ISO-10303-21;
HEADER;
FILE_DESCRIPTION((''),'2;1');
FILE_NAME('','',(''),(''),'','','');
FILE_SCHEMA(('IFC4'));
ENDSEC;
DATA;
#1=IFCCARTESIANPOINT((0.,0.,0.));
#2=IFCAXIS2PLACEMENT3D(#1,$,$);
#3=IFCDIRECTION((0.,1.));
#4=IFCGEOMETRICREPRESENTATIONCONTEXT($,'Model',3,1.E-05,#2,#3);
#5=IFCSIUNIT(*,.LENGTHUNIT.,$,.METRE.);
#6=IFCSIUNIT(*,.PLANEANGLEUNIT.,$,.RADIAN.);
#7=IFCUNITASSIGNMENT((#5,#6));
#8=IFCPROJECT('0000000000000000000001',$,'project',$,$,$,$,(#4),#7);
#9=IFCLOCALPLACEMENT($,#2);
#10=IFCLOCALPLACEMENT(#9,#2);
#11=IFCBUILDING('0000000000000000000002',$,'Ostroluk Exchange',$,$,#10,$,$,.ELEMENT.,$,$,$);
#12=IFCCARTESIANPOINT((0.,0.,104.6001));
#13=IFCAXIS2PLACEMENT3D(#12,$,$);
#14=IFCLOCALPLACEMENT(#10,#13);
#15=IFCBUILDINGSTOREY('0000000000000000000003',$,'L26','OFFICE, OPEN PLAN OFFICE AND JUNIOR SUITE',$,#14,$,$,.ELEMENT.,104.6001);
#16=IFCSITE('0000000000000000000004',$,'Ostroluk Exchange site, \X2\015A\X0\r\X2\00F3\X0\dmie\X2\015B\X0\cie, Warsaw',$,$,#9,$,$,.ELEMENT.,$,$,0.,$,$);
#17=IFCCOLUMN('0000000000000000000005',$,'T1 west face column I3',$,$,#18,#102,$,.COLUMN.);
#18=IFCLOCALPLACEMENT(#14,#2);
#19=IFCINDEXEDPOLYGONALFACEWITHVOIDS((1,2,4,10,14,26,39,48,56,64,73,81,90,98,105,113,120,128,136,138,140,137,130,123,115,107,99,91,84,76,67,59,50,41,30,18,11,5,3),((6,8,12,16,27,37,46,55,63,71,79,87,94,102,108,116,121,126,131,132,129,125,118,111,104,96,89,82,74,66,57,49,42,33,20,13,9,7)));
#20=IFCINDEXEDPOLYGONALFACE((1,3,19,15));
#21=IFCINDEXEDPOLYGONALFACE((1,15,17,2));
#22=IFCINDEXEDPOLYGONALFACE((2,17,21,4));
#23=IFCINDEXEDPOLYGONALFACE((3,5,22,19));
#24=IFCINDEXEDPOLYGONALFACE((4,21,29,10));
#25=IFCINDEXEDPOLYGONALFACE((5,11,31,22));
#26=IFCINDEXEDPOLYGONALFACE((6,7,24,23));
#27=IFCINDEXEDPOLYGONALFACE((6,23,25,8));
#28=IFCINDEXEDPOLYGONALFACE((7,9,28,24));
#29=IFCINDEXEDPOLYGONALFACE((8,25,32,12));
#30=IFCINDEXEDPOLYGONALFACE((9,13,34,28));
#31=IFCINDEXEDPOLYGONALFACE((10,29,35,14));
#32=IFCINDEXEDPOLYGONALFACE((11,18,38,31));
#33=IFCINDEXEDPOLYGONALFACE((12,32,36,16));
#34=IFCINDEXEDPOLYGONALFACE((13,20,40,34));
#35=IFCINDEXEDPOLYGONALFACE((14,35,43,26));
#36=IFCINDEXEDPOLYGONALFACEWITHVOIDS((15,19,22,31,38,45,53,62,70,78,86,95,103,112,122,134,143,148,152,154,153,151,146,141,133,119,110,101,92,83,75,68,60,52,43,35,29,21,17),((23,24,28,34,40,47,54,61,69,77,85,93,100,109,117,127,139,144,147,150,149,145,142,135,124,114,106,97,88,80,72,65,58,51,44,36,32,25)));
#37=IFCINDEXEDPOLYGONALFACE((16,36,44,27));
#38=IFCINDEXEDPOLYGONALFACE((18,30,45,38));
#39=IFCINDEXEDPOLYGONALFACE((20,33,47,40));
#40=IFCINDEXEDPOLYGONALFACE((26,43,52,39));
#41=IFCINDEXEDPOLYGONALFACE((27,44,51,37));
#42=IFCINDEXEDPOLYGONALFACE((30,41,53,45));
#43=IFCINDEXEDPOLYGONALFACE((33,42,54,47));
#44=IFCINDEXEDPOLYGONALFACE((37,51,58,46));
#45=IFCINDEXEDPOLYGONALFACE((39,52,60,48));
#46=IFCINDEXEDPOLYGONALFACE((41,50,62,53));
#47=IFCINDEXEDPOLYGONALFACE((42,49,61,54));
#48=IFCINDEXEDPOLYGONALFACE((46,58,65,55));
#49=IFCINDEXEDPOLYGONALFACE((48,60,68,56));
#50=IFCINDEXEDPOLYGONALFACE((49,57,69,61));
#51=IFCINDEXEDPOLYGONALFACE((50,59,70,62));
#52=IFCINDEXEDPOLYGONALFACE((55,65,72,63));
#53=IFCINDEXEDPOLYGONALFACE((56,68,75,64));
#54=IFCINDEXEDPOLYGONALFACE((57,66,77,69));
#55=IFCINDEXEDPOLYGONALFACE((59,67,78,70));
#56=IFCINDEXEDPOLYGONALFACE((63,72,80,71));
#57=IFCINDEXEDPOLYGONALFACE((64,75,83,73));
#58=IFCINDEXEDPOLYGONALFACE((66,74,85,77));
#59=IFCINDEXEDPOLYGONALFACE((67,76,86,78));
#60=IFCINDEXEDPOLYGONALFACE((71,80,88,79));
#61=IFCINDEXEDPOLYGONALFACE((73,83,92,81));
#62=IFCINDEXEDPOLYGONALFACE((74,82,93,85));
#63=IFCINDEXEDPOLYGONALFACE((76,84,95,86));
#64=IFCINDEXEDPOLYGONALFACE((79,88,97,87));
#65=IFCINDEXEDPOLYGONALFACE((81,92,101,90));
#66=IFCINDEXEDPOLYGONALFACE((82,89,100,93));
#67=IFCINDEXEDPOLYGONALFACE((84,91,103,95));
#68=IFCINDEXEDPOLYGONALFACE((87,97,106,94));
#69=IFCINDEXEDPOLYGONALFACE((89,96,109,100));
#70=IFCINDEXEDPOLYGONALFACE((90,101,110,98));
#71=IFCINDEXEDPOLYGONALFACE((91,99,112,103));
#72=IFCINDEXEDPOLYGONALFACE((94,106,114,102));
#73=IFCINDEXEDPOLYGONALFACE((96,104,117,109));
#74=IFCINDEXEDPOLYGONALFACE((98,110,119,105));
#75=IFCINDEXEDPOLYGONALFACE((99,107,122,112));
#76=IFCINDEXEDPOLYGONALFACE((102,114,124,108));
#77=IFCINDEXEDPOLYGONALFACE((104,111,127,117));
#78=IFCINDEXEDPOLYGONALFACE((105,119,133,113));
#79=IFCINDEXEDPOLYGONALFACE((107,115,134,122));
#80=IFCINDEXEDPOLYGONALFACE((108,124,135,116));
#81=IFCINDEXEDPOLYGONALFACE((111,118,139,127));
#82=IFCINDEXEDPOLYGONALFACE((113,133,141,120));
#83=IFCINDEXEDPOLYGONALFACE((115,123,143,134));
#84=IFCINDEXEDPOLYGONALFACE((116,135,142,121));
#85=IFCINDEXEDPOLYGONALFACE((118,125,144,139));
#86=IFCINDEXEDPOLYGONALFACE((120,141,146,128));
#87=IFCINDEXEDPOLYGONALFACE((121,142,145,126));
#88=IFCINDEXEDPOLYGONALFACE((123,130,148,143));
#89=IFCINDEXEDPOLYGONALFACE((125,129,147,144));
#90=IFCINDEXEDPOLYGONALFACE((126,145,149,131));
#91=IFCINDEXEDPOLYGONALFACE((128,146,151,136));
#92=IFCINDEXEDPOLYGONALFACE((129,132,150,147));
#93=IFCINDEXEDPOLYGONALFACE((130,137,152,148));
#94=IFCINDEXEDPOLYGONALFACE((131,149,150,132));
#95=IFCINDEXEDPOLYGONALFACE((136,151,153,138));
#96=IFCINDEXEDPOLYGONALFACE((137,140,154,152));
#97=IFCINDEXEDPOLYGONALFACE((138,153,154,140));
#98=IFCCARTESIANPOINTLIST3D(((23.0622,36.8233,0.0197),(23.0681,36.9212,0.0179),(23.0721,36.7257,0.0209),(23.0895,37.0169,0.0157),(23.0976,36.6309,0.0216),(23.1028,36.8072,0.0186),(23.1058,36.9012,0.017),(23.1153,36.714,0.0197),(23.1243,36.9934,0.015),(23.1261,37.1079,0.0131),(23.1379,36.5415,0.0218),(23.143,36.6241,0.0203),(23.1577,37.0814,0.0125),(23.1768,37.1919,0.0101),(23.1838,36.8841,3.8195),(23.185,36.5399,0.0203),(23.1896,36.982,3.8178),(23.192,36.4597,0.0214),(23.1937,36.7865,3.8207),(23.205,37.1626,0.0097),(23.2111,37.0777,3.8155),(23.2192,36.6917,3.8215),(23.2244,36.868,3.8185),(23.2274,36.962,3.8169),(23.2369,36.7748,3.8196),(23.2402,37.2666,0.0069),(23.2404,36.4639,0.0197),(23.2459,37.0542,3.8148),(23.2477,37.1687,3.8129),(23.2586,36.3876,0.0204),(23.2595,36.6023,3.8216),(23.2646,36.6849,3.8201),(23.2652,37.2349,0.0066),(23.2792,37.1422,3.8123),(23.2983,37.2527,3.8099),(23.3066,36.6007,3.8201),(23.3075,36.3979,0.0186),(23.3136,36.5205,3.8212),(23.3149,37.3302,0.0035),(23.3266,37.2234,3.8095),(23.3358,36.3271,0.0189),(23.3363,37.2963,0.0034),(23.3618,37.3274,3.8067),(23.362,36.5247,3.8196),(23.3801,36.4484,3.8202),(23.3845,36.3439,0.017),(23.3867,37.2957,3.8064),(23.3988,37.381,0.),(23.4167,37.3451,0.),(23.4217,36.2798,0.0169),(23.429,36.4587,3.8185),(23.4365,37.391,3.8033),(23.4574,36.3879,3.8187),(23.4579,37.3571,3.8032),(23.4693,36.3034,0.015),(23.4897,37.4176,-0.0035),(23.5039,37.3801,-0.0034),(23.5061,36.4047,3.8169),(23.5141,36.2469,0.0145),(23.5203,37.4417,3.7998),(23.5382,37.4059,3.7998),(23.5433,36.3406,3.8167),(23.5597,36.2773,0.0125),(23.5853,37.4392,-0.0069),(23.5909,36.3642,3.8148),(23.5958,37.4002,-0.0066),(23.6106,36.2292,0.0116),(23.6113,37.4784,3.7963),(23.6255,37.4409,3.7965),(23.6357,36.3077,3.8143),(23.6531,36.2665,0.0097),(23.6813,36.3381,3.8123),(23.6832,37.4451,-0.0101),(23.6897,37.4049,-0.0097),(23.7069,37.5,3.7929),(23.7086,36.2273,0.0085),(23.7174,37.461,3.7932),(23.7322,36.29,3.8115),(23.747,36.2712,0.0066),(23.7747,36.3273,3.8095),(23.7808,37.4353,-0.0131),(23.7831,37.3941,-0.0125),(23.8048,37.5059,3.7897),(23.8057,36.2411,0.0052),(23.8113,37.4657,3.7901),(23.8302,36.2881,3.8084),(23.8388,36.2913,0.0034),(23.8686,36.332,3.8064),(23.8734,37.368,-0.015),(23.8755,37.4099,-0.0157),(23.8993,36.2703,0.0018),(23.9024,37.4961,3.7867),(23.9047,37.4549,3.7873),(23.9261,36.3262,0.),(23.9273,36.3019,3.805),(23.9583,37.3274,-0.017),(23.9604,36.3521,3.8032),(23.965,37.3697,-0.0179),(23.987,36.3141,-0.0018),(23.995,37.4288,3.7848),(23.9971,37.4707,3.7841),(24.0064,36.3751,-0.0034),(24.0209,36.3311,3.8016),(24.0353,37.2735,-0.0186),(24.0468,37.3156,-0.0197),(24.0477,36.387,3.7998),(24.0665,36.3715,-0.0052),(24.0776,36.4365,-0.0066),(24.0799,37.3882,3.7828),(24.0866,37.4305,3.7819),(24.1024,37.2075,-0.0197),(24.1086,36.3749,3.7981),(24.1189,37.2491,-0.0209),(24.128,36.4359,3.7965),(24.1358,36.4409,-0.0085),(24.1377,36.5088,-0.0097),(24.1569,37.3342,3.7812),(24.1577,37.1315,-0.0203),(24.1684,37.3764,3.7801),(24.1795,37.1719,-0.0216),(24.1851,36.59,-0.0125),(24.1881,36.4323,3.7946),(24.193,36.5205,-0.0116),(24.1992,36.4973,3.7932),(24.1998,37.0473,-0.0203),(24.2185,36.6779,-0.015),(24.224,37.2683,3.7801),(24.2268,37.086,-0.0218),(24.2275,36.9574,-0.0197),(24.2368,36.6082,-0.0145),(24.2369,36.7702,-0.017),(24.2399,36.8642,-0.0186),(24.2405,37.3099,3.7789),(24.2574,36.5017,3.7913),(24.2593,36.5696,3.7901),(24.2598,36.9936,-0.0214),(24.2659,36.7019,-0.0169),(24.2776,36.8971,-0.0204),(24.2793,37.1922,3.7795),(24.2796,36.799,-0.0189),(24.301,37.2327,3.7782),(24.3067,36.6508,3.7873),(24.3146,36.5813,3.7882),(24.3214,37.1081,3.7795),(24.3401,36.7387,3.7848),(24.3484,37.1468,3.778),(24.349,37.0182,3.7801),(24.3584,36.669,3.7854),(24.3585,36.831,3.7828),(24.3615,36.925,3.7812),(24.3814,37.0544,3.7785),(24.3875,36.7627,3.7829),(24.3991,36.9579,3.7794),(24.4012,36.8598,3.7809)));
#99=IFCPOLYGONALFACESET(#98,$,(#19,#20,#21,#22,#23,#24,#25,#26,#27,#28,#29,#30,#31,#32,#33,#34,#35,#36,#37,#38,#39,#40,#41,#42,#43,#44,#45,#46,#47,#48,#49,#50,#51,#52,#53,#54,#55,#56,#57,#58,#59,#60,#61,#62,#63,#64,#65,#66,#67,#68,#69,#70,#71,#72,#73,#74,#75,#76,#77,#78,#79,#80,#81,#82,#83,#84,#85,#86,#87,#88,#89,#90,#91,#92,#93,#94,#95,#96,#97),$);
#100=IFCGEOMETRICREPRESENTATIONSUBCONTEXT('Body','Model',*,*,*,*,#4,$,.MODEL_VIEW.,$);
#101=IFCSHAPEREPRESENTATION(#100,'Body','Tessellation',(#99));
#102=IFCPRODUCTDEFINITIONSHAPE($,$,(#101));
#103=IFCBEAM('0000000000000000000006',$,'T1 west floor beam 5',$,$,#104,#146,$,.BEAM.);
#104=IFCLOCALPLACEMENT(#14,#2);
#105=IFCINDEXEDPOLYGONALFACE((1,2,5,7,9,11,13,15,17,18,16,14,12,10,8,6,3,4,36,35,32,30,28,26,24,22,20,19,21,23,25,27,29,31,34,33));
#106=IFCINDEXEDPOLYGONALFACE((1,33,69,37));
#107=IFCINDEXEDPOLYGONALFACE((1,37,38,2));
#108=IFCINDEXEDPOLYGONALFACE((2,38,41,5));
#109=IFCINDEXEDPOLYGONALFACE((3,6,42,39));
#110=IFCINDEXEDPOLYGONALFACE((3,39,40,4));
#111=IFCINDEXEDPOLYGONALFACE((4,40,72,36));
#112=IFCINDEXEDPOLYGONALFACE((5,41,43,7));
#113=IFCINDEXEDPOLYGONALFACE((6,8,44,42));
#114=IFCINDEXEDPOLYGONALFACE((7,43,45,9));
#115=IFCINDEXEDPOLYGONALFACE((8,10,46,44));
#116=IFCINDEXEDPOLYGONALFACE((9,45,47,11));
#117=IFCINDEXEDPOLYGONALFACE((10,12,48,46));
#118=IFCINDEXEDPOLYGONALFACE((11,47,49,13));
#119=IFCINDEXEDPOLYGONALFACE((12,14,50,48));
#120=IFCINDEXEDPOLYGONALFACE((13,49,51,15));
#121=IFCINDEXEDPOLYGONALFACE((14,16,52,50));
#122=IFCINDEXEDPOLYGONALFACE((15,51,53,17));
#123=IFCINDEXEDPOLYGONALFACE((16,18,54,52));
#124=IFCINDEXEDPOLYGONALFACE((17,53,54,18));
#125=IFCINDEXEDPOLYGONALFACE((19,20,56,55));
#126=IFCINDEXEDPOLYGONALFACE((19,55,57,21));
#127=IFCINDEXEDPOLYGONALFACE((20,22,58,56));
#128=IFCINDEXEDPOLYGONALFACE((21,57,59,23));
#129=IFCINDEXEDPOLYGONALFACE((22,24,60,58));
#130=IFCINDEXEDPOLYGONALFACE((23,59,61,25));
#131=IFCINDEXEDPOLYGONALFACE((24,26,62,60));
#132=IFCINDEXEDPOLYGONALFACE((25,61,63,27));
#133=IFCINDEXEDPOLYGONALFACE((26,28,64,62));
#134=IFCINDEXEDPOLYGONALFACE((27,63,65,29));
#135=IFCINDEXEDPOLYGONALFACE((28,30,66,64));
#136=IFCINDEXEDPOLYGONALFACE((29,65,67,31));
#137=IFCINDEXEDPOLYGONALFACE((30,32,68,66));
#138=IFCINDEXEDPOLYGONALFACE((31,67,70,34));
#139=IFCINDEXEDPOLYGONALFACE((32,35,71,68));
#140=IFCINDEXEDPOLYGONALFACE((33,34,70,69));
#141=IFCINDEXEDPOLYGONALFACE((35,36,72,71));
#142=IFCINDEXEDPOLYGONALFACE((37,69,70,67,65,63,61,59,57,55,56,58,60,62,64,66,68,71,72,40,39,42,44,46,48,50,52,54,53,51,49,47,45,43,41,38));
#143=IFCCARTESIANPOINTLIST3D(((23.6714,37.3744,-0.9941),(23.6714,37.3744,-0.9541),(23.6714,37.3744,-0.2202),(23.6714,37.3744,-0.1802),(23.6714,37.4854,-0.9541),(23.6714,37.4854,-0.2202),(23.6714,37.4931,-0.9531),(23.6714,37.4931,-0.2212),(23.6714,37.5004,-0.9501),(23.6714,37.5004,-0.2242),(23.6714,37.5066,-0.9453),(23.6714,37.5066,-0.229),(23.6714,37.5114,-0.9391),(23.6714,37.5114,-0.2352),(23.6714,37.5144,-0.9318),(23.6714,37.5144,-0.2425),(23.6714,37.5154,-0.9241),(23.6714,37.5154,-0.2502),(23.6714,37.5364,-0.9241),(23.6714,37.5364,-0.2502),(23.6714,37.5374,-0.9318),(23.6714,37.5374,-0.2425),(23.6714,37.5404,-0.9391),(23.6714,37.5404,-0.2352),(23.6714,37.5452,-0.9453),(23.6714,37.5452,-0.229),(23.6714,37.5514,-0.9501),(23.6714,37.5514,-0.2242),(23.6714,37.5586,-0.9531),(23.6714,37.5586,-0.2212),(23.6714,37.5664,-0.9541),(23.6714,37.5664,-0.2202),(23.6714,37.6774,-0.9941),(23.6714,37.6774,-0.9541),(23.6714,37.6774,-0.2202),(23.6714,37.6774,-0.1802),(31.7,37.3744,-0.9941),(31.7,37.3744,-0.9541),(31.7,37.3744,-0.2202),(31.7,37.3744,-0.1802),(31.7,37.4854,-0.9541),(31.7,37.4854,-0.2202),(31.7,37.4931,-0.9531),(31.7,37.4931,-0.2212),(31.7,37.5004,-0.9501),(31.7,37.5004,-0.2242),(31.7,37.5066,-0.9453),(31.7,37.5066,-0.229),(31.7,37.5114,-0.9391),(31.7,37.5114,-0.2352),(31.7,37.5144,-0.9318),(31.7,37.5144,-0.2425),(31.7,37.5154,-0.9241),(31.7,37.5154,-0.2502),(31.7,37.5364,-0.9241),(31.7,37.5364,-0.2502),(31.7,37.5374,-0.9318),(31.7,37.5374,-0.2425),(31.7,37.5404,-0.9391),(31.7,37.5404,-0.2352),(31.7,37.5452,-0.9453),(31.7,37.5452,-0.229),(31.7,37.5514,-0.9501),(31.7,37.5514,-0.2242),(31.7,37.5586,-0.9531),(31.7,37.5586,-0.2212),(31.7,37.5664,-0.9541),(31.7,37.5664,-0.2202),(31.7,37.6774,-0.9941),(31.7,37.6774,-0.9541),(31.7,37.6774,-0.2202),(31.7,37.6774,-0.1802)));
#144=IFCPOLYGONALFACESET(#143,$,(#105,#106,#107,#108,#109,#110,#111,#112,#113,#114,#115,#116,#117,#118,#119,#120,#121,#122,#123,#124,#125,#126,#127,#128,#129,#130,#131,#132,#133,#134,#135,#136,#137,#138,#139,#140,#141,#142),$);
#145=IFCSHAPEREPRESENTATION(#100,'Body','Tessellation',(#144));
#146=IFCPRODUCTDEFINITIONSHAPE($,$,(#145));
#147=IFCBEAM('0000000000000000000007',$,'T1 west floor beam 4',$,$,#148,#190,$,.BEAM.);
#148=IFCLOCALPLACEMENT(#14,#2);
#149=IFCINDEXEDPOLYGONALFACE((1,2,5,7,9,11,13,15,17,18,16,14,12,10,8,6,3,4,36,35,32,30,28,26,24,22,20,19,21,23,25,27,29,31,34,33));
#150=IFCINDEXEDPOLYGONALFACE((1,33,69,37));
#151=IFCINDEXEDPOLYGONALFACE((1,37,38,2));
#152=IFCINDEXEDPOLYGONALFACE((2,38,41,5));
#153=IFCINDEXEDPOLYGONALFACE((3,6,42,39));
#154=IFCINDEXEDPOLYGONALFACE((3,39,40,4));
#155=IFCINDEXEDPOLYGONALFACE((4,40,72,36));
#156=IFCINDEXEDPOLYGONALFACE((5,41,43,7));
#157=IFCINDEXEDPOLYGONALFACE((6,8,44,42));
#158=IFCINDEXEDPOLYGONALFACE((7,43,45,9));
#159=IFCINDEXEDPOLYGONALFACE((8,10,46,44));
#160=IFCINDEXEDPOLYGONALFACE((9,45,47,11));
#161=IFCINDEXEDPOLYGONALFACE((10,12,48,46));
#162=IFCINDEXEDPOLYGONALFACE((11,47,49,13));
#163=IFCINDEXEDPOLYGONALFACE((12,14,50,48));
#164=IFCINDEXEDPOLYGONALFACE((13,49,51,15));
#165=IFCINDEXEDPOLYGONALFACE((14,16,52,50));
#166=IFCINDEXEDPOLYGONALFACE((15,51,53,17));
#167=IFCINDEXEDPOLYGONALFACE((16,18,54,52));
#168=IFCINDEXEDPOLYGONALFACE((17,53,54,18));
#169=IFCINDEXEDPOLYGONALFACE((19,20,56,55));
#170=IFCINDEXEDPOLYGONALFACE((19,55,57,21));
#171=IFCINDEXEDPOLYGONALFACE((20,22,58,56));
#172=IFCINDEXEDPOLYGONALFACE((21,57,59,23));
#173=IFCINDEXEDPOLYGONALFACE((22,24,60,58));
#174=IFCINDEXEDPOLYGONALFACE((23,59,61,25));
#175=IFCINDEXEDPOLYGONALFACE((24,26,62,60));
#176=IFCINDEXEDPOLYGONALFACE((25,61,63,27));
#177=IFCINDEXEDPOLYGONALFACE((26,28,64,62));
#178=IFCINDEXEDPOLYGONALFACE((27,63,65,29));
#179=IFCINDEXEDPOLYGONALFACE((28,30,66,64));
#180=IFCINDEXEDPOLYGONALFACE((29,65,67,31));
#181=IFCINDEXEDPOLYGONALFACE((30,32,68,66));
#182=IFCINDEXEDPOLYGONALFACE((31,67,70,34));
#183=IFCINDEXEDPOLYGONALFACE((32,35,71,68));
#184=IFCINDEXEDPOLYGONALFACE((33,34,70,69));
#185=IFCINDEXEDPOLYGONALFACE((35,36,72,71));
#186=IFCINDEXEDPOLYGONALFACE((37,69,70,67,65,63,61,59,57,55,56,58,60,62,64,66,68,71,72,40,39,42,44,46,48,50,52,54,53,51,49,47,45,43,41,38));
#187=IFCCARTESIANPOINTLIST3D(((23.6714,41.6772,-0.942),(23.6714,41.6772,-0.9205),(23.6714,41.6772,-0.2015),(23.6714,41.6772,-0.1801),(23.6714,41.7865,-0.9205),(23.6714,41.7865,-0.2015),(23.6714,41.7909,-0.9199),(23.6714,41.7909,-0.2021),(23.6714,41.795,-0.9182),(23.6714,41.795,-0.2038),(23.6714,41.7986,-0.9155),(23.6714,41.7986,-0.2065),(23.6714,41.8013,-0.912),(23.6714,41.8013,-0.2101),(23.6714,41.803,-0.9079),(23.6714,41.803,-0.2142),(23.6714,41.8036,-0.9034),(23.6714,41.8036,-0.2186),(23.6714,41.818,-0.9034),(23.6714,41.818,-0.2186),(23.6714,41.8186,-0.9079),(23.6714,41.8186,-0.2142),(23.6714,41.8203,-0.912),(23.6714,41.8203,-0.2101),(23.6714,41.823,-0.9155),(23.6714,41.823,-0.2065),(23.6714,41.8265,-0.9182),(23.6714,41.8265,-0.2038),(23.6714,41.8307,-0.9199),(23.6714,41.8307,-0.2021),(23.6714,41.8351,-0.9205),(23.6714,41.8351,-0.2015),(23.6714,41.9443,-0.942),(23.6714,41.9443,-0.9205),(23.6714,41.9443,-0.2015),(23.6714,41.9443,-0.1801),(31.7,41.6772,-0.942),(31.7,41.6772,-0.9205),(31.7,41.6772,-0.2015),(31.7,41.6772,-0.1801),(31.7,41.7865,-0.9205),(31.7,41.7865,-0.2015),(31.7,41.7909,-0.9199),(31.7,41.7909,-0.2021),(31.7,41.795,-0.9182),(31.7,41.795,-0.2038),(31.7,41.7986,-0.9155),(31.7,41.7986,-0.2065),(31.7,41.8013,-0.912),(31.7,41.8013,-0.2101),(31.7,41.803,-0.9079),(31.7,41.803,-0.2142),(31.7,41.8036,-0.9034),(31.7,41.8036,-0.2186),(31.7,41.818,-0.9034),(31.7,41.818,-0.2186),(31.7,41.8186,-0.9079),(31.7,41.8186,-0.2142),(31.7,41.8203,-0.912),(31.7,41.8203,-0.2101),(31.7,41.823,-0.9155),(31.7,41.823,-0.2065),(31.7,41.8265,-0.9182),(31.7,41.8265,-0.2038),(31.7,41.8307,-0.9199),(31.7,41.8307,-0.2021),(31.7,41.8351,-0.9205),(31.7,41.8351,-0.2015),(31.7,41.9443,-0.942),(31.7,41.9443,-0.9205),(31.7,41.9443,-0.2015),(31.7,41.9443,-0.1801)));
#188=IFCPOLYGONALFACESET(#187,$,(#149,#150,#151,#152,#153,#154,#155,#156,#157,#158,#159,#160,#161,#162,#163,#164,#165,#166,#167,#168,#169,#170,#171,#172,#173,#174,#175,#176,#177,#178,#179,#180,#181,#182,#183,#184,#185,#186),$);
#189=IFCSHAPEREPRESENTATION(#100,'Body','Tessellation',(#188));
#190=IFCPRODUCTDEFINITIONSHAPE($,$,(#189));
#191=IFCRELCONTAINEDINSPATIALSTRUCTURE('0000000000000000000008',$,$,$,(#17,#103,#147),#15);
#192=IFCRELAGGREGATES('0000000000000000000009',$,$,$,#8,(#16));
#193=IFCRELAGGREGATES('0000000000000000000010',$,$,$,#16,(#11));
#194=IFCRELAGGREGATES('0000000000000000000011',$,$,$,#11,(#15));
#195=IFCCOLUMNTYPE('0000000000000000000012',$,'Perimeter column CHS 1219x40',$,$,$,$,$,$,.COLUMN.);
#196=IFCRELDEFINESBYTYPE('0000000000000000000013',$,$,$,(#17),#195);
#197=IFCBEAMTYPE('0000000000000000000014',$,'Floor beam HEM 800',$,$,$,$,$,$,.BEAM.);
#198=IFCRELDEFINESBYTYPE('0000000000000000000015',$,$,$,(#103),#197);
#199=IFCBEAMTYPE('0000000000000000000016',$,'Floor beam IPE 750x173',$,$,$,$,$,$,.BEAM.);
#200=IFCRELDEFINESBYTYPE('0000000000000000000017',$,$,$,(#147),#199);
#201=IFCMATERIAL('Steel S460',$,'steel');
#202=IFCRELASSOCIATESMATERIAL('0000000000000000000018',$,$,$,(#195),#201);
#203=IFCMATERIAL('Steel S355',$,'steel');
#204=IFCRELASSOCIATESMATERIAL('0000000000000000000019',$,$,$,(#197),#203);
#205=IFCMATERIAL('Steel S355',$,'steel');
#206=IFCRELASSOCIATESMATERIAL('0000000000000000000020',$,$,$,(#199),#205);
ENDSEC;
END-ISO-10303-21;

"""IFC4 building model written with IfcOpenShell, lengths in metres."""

from ifc_helpers import new_model, si_unit, direction, frame, origin, origin_2d, place, context, subcontext, project, spatial, hollow_circle, i_section, extrude, material, material_profile, profile_set, type_object, element, save


model = new_model("IFC4")

# Units and contexts
model_context = context("Model", 3, precision=1e-05, world=origin(), true_north=direction((0.0, 1.0)))
body_context = subcontext(model_context, "Body", "Model", "MODEL_VIEW")
ifc_project = project(units=[si_unit("LENGTHUNIT", "METRE"), si_unit("PLANEANGLEUNIT", "RADIAN")], contexts=[model_context])

# Site, building, storey
site_placement = place(None, origin())
site = spatial("IfcSite", under=ifc_project, at=site_placement, Name="Ostroluk Exchange site, Śródmieście, Warsaw", CompositionType="ELEMENT", RefElevation=0.0)
building_placement = place(site_placement, origin())
building = spatial("IfcBuilding", under=site, at=building_placement, Name="Ostroluk Exchange", CompositionType="ELEMENT")
storey_placement = place(building_placement, frame((0.0, 0.0, 104.6001)))
storey = spatial("IfcBuildingStorey", under=building, at=storey_placement, Name="L26", Description="OFFICE, OPEN PLAN OFFICE AND JUNIOR SUITE", CompositionType="ELEMENT", Elevation=104.6001)

# Column
ifc_material_1 = material(Name="Steel S460", Category="steel")
ifc_material_profile_1 = material_profile(ifc_material_1, hollow_circle(Radius=0.6096, WallThickness=0.04, at=origin_2d()), Name="CHS 1219x40")
ifc_profile_set_1 = profile_set([ifc_material_profile_1], Name="Steel S460")
column_type = type_object("IfcColumnType", Name="Perimeter column CHS 1219x40", PredefinedType="COLUMN", material=ifc_profile_set_1)
column_placement = place(storey_placement, frame((23.6714, 36.8357, 0.0), z_axis=(0.031976, 0.015988, 0.999361), x_axis=(-0.447214, 0.894427, 0.0)))
element("IfcColumn", 1, at=column_placement, inside=storey, type_object=column_type, Name="T1 west face column I3", PredefinedType="COLUMN", context=body_context, shape_type="SweptSolid", body=[
    extrude(hollow_circle(Radius=0.6096, WallThickness=0.04, at=origin_2d()), origin(), (0.0, 0.0, 1.0), 3.8022),
])

# Beams
ifc_material_2 = material(Name="Steel S355", Category="steel")
ifc_material_profile_2 = material_profile(ifc_material_2, i_section(OverallWidth=0.303, OverallDepth=0.814, WebThickness=0.021, FlangeThickness=0.04, FilletRadius=0.03, at=origin_2d()), Name="HEM 800")
ifc_profile_set_2 = profile_set([ifc_material_profile_2], Name="Steel S355")
beam_type_1 = type_object("IfcBeamType", Name="Floor beam HEM 800", PredefinedType="BEAM", material=ifc_profile_set_2)
beam_1_placement = place(storey_placement, frame((31.7, 37.5259, -0.5872), z_axis=(-1.0, 0.0, 0.0), x_axis=(0.0, -1.0, 0.0)))
element("IfcBeam", 2, at=beam_1_placement, inside=storey, type_object=beam_type_1, Name="T1 west floor beam 5", PredefinedType="BEAM", context=body_context, shape_type="SweptSolid", body=[
    extrude(i_section(OverallWidth=0.303, OverallDepth=0.814, WebThickness=0.021, FlangeThickness=0.04, FilletRadius=0.03, at=origin_2d()), origin(), (0.0, 0.0, 1.0), 8.0286),
])
ifc_material_3 = material(Name="Steel S355", Category="steel")
ifc_material_profile_3 = material_profile(ifc_material_3, i_section(OverallWidth=0.2671, OverallDepth=0.762, WebThickness=0.0144, FlangeThickness=0.0215, FilletRadius=0.0171, at=origin_2d()), Name="IPE 750x173")
ifc_profile_set_3 = profile_set([ifc_material_profile_3], Name="Steel S355")
beam_type_2 = type_object("IfcBeamType", Name="Floor beam IPE 750x173", PredefinedType="BEAM", material=ifc_profile_set_3)
beam_2_placement = place(storey_placement, frame((31.7, 41.8108, -0.561), z_axis=(-1.0, 0.0, 0.0), x_axis=(0.0, -1.0, 0.0)))
element("IfcBeam", 3, at=beam_2_placement, inside=storey, type_object=beam_type_2, Name="T1 west floor beam 4", PredefinedType="BEAM", context=body_context, shape_type="SweptSolid", body=[
    extrude(i_section(OverallWidth=0.2671, OverallDepth=0.762, WebThickness=0.0144, FlangeThickness=0.0215, FilletRadius=0.0171, at=origin_2d()), origin(), (0.0, 0.0, 1.0), 8.0286),
])

save(model, "model.ifc")
